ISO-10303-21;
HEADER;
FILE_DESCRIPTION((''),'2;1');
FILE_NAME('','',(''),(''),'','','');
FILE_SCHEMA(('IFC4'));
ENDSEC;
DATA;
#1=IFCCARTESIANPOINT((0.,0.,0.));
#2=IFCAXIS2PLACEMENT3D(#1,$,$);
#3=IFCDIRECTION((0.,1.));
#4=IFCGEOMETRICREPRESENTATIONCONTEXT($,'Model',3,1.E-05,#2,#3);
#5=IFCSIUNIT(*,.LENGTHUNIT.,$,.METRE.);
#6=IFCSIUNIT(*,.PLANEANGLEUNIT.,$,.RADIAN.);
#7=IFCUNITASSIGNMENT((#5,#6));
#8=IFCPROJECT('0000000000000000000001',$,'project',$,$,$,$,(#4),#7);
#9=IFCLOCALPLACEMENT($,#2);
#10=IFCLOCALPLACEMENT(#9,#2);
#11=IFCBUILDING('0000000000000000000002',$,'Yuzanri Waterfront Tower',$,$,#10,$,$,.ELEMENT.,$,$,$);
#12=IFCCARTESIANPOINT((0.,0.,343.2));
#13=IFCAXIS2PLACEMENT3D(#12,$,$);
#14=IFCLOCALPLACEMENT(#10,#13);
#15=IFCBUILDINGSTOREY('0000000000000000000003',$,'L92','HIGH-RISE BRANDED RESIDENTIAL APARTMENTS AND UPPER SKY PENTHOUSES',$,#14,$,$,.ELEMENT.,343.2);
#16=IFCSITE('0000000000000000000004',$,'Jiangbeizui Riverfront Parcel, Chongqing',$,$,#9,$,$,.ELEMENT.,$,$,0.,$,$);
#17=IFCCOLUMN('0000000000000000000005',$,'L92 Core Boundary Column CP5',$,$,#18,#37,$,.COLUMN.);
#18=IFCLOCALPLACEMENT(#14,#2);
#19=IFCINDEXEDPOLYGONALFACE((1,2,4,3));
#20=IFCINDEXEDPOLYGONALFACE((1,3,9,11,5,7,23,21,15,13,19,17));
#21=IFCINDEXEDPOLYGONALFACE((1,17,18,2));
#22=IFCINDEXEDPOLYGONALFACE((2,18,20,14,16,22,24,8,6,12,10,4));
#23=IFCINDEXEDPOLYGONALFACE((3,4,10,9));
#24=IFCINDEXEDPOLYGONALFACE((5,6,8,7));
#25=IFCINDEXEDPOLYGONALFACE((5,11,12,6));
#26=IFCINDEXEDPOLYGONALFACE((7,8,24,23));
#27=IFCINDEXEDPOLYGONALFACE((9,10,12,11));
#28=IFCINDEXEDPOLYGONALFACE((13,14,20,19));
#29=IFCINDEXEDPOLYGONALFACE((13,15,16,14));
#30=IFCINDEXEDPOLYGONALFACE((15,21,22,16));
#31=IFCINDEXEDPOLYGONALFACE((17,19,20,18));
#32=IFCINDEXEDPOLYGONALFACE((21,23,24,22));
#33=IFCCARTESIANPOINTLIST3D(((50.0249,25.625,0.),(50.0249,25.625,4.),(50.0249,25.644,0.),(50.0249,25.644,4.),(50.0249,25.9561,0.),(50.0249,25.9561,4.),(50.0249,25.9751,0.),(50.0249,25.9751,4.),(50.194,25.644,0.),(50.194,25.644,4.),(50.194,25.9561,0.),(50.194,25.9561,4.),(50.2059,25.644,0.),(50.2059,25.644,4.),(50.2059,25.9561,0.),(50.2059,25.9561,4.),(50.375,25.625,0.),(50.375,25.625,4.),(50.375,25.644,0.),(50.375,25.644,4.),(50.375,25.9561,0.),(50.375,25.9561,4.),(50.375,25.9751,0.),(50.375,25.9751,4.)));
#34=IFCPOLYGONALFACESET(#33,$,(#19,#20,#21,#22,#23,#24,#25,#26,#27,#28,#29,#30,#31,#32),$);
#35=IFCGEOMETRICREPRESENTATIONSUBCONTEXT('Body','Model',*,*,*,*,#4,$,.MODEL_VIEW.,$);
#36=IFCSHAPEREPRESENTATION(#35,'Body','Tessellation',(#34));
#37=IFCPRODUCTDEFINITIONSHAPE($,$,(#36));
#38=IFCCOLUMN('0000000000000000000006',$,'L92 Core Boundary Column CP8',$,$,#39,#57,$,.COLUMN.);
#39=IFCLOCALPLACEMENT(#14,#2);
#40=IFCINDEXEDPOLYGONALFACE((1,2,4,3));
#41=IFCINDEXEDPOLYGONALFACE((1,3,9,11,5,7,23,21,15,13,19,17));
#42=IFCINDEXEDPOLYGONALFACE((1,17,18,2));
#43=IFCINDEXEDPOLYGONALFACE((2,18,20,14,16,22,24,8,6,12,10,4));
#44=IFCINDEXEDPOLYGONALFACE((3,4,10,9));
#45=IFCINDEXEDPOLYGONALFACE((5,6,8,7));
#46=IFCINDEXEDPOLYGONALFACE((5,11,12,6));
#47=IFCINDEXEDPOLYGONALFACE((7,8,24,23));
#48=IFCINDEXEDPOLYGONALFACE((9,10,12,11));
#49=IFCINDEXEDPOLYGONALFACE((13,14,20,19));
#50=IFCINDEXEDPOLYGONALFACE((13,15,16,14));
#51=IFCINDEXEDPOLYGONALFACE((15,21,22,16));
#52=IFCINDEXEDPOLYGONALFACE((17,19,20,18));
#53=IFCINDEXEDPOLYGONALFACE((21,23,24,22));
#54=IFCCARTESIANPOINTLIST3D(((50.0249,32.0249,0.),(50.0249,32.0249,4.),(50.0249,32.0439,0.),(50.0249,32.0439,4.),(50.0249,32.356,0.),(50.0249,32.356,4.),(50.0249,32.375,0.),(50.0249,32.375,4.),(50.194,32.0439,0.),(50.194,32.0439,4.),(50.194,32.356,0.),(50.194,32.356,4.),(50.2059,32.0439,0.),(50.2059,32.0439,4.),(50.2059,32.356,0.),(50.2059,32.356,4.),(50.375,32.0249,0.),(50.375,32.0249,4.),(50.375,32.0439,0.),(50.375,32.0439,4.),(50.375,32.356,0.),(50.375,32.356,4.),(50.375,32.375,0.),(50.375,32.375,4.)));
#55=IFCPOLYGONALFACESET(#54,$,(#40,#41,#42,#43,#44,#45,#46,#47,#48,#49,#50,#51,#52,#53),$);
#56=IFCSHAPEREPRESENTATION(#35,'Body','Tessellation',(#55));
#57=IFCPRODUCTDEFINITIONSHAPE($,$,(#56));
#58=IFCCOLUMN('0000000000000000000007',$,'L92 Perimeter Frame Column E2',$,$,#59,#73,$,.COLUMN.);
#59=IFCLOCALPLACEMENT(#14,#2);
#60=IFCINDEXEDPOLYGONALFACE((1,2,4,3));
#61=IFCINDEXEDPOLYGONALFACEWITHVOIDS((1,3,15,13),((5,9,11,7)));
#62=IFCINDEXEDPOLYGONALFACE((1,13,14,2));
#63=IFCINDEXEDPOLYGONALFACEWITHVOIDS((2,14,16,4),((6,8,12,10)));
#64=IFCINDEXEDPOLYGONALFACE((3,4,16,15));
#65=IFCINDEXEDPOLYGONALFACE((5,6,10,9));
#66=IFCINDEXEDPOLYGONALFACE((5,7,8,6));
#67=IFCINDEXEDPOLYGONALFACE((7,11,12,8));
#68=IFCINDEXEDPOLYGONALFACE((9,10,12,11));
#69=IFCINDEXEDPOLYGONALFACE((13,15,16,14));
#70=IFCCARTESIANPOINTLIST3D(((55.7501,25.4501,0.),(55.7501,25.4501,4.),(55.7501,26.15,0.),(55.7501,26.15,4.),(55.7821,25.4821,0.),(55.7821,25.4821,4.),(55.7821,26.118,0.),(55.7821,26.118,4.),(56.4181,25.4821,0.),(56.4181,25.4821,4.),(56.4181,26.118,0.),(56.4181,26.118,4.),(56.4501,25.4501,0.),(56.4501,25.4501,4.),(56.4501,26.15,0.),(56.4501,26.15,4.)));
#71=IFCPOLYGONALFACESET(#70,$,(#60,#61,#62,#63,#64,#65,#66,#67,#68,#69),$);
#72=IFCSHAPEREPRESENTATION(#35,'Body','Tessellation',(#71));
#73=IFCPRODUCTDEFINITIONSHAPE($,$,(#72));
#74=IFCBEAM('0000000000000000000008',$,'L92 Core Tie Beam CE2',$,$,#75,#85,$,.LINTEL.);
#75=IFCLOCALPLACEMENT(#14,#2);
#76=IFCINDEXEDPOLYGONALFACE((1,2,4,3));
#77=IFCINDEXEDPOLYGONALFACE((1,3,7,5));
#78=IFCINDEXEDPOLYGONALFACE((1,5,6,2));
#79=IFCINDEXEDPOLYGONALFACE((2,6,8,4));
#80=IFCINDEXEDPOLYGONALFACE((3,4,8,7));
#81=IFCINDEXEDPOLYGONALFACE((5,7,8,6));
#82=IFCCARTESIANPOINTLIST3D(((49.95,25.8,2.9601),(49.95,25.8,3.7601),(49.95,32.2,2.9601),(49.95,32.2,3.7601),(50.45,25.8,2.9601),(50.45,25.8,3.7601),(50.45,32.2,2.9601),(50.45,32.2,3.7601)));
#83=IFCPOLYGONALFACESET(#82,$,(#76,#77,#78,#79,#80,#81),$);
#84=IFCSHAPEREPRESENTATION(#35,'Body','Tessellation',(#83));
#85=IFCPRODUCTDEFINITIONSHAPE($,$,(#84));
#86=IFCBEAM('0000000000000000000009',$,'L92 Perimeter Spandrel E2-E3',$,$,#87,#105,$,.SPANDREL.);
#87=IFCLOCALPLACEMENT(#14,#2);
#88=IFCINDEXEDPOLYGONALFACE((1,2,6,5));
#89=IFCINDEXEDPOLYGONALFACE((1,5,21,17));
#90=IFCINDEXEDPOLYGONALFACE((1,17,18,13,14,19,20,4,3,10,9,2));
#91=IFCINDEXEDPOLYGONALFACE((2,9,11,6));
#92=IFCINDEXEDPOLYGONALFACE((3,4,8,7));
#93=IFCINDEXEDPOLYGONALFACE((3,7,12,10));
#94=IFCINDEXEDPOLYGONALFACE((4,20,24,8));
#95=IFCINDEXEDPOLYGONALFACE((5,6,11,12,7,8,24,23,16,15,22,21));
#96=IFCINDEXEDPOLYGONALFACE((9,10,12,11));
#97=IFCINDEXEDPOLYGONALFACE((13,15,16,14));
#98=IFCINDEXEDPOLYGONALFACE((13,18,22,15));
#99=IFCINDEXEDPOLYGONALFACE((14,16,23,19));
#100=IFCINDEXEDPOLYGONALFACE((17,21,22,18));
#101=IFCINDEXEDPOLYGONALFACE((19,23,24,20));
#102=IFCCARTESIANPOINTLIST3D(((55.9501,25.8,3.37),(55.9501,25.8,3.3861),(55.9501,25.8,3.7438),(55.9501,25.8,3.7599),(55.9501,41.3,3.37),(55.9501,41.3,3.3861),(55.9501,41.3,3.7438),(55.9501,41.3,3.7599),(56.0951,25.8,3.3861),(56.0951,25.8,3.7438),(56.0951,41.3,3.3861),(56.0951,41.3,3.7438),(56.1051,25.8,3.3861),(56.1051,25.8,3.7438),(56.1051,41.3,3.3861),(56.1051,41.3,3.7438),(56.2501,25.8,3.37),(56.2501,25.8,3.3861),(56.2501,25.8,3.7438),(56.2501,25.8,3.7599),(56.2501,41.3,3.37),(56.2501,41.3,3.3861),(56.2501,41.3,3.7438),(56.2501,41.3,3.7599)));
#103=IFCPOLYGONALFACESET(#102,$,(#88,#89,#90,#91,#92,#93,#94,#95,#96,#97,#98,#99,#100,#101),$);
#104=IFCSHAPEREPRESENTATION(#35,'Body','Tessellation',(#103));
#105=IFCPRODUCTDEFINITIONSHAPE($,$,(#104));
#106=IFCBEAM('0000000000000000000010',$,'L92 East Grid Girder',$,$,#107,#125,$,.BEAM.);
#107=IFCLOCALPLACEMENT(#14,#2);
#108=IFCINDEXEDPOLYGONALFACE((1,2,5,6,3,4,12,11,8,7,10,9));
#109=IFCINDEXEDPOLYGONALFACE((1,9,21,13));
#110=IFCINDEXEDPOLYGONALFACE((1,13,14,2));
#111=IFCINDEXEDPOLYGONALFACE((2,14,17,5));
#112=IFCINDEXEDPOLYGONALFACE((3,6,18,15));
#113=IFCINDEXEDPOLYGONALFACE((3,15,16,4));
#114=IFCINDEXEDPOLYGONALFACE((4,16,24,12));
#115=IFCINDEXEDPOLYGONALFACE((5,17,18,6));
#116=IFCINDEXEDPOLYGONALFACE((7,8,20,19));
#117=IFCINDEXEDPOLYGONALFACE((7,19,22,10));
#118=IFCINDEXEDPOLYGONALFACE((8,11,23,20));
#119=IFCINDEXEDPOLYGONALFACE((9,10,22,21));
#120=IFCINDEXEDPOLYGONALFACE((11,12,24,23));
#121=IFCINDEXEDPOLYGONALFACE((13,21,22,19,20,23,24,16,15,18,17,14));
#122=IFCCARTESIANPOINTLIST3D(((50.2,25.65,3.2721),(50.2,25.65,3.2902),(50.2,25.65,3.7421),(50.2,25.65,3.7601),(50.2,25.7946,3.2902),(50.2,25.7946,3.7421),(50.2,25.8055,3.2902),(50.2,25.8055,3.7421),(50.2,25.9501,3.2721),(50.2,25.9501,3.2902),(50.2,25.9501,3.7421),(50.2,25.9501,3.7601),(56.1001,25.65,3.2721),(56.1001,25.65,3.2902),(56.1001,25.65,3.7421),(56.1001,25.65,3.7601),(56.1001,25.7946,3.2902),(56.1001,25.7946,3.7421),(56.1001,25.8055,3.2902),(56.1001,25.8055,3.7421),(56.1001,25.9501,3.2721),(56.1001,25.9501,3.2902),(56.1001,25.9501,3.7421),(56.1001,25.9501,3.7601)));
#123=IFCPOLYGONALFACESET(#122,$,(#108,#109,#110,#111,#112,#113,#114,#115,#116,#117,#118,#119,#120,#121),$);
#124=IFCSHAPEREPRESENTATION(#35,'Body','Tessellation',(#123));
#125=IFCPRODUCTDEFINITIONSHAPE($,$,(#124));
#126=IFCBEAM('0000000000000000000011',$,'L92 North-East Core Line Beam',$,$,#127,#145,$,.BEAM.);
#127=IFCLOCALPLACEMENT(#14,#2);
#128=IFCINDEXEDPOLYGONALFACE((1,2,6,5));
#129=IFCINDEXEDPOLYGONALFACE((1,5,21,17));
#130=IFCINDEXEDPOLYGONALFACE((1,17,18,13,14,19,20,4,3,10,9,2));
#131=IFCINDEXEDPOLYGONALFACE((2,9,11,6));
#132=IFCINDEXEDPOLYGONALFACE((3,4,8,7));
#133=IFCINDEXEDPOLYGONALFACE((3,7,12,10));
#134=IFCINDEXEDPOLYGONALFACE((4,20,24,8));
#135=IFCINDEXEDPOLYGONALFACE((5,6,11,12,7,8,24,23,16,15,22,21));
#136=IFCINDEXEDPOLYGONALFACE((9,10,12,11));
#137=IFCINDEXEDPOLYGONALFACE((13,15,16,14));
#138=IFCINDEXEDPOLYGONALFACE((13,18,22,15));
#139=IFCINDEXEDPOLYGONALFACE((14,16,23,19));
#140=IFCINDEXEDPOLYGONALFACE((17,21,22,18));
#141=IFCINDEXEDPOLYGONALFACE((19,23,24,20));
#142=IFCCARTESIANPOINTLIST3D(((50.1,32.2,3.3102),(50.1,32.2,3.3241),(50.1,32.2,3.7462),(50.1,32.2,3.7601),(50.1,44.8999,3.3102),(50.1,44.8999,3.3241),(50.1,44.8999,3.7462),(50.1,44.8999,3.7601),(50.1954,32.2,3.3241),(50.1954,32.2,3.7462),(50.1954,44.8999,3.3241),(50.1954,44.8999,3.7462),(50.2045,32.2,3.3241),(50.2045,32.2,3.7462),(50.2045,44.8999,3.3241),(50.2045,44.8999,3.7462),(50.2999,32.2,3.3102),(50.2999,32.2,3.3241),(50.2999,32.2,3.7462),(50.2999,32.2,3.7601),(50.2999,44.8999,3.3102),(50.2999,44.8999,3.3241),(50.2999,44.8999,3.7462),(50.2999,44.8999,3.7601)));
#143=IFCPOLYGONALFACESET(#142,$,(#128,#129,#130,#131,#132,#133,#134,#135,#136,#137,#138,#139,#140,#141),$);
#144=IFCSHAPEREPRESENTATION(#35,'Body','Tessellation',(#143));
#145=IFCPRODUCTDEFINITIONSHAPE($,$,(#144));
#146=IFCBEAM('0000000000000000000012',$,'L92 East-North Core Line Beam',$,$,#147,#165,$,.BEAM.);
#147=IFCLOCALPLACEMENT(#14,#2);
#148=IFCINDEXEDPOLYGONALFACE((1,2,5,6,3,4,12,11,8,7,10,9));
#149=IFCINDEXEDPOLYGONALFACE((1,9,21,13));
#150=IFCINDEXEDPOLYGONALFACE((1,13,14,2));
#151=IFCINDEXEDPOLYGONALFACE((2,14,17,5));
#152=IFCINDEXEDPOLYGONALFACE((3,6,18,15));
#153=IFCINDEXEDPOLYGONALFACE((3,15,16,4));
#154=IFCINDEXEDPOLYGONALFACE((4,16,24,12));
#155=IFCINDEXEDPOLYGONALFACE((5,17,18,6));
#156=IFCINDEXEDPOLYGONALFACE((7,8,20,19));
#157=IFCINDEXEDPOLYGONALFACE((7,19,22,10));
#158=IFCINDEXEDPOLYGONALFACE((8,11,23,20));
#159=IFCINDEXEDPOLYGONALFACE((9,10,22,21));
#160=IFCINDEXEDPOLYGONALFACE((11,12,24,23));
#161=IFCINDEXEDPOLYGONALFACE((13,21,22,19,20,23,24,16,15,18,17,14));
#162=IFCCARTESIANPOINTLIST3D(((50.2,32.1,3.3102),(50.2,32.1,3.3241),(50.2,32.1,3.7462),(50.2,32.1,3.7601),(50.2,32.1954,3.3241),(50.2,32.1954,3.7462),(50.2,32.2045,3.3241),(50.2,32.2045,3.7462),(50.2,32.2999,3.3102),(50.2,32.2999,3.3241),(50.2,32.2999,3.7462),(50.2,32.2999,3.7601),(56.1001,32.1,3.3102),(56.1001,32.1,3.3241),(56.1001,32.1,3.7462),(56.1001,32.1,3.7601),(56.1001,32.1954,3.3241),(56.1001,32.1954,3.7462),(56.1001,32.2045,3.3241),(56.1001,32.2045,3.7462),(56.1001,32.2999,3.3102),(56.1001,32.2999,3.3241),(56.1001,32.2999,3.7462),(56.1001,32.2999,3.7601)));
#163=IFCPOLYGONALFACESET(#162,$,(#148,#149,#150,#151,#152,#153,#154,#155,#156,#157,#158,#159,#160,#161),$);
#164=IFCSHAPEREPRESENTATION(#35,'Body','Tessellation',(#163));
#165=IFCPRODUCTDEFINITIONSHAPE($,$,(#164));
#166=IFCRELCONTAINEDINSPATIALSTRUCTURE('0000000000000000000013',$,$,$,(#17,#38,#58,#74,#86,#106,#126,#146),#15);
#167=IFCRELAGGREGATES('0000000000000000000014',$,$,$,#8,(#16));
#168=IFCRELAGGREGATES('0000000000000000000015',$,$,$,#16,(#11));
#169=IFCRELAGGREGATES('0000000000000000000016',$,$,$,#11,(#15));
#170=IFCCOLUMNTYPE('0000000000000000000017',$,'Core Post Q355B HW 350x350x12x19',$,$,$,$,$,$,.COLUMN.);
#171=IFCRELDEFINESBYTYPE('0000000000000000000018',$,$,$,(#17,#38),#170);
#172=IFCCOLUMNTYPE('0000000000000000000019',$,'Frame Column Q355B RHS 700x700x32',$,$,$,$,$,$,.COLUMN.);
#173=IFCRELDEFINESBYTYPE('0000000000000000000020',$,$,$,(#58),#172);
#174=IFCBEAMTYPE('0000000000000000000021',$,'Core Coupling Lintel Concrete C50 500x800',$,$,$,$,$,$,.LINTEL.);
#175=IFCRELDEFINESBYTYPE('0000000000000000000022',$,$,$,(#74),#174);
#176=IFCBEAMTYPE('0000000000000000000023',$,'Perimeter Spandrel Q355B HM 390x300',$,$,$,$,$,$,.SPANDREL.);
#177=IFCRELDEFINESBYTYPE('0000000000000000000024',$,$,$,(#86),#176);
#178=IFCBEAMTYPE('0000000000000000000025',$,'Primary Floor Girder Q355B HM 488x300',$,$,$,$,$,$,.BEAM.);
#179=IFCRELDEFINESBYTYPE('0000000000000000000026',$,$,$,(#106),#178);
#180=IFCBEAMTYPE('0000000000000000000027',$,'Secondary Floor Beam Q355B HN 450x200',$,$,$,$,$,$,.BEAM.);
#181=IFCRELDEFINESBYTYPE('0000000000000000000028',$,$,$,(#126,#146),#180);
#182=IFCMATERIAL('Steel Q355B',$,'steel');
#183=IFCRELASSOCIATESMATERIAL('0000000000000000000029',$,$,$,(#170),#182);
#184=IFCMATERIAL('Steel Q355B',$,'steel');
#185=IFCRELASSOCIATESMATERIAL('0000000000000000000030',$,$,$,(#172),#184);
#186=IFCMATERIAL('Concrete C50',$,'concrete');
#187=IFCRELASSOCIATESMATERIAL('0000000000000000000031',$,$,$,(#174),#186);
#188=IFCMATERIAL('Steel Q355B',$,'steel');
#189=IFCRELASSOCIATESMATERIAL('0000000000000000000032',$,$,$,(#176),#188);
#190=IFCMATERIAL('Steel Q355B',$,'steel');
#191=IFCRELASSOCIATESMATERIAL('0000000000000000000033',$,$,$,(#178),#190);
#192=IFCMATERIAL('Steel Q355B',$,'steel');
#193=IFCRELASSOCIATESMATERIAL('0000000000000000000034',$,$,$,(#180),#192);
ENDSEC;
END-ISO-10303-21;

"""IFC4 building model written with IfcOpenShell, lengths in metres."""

from ifc_helpers import new_model, si_unit, direction, frame, origin, origin_2d, place, context, subcontext, project, spatial, rectangle, hollow_rectangle, i_section, extrude, source, transform, mapped, material, material_profile, profile_set, type_object, element, save


model = new_model("IFC4")

# Units and contexts
model_context = context("Model", 3, precision=1e-05, world=origin(), true_north=direction((0.0, 1.0)))
body_context = subcontext(model_context, "Body", "Model", "MODEL_VIEW")
ifc_project = project(units=[si_unit("LENGTHUNIT", "METRE"), si_unit("PLANEANGLEUNIT", "RADIAN")], contexts=[model_context])

# Site, building, storey
site_placement = place(None, origin())
site = spatial("IfcSite", under=ifc_project, at=site_placement, Name="Jiangbeizui Riverfront Parcel, Chongqing", CompositionType="ELEMENT", RefElevation=0.0)
building_placement = place(site_placement, origin())
building = spatial("IfcBuilding", under=site, at=building_placement, Name="Yuzanri Waterfront Tower", CompositionType="ELEMENT")
storey_placement = place(building_placement, frame((0.0, 0.0, 343.2)))
storey = spatial("IfcBuildingStorey", under=building, at=storey_placement, Name="L92", Description="HIGH-RISE BRANDED RESIDENTIAL APARTMENTS AND UPPER SKY PENTHOUSES", CompositionType="ELEMENT", Elevation=343.2)

# Columns
ifc_material_1 = material(Name="Steel Q355B", Category="steel")
ifc_material_profile_1 = material_profile(ifc_material_1, i_section(OverallWidth=0.3501, OverallDepth=0.3501, WebThickness=0.012, FlangeThickness=0.019, at=origin_2d()), Name="HW 350x350x12x19")
ifc_profile_set_1 = profile_set([ifc_material_profile_1], Name="Steel Q355B")
column_type_1 = type_object("IfcColumnType", Name="Core Post Q355B HW 350x350x12x19", PredefinedType="COLUMN", material=ifc_profile_set_1)
shared_shape_1 = source(origin(), body_context, "Body", "SweptSolid", [
    extrude(i_section(OverallWidth=0.3501, OverallDepth=0.3501, WebThickness=0.012, FlangeThickness=0.019, at=origin_2d()), origin(), (0.0, 0.0, 1.0), 4.0),
])
for number, where, z_axis, x_axis, name in (
    (1, (50.2, 25.8, 0.0), (0.0, 0.0, 1.0), (1.0, 0.0, 0.0), "L92 Core Boundary Column CP5"),
    (2, (50.2, 32.2, 0.0), (0.0, 0.0, 1.0), (1.0, 0.0, 0.0), "L92 Core Boundary Column CP8"),
):
    element("IfcColumn", number, at=place(storey_placement, frame(where, z_axis=z_axis, x_axis=x_axis)), inside=storey, type_object=column_type_1, Name=name, PredefinedType="COLUMN", context=body_context, shape_type="MappedRepresentation", body=[
        mapped(shared_shape_1, transform((0.0, 0.0, 0.0), scale=1.0)),
    ])
ifc_material_2 = material(Name="Steel Q355B", Category="steel")
ifc_material_profile_2 = material_profile(ifc_material_2, hollow_rectangle(XDim=0.7, YDim=0.7, WallThickness=0.032, at=origin_2d()), Name="RHS 700x700x32")
ifc_profile_set_2 = profile_set([ifc_material_profile_2], Name="Steel Q355B")
column_type_2 = type_object("IfcColumnType", Name="Frame Column Q355B RHS 700x700x32", PredefinedType="COLUMN", material=ifc_profile_set_2)
shared_shape_2 = source(origin(), body_context, "Body", "SweptSolid", [
    extrude(hollow_rectangle(XDim=0.7, YDim=0.7, WallThickness=0.032, at=origin_2d()), origin(), (0.0, 0.0, 1.0), 4.0),
])
column_placement = place(storey_placement, frame((56.1001, 25.8, 0.0), z_axis=(0.0, 0.0, 1.0), x_axis=(1.0, 0.0, 0.0)))
element("IfcColumn", 3, at=column_placement, inside=storey, type_object=column_type_2, Name="L92 Perimeter Frame Column E2", PredefinedType="COLUMN", context=body_context, shape_type="MappedRepresentation", body=[
    mapped(shared_shape_2, transform((0.0, 0.0, 0.0), scale=1.0)),
])

# Beams
ifc_material_3 = material(Name="Concrete C50", Category="concrete")
ifc_material_profile_3 = material_profile(ifc_material_3, rectangle(XDim=0.5, YDim=0.8, at=origin_2d()), Name="RC 500x800")
ifc_profile_set_3 = profile_set([ifc_material_profile_3], Name="Concrete C50")
beam_type_1 = type_object("IfcBeamType", Name="Core Coupling Lintel Concrete C50 500x800", PredefinedType="LINTEL", material=ifc_profile_set_3)
shared_shape_3 = source(origin(), body_context, "Body", "SweptSolid", [
    extrude(rectangle(XDim=0.5, YDim=0.8, at=origin_2d()), origin(), (0.0, 0.0, 1.0), 6.3999),
])
beam_1_placement = place(storey_placement, frame((50.2, 25.8, 3.3601), z_axis=(0.0, 1.0, 0.0), x_axis=(-1.0, 0.0, 0.0)))
element("IfcBeam", 4, at=beam_1_placement, inside=storey, type_object=beam_type_1, Name="L92 Core Tie Beam CE2", PredefinedType="LINTEL", context=body_context, shape_type="MappedRepresentation", body=[
    mapped(shared_shape_3, transform((0.0, 0.0, 0.0), scale=1.0)),
])
ifc_material_4 = material(Name="Steel Q355B", Category="steel")
ifc_material_profile_4 = material_profile(ifc_material_4, i_section(OverallWidth=0.3, OverallDepth=0.3899, WebThickness=0.01, FlangeThickness=0.0161, at=origin_2d()), Name="HM 390x300x10x16")
ifc_profile_set_4 = profile_set([ifc_material_profile_4], Name="Steel Q355B")
beam_type_2 = type_object("IfcBeamType", Name="Perimeter Spandrel Q355B HM 390x300", PredefinedType="SPANDREL", material=ifc_profile_set_4)
shared_shape_4 = source(origin(), body_context, "Body", "SweptSolid", [
    extrude(i_section(OverallWidth=0.3, OverallDepth=0.3899, WebThickness=0.01, FlangeThickness=0.0161, at=origin_2d()), origin(), (0.0, 0.0, 1.0), 15.5),
])
beam_2_placement = place(storey_placement, frame((56.1001, 25.8, 3.5649), z_axis=(0.0, 1.0, 0.0), x_axis=(-1.0, 0.0, 0.0)))
element("IfcBeam", 5, at=beam_2_placement, inside=storey, type_object=beam_type_2, Name="L92 Perimeter Spandrel E2-E3", PredefinedType="SPANDREL", context=body_context, shape_type="MappedRepresentation", body=[
    mapped(shared_shape_4, transform((0.0, 0.0, 0.0), scale=1.0)),
])
ifc_material_5 = material(Name="Steel Q355B", Category="steel")
ifc_material_profile_5 = material_profile(ifc_material_5, i_section(OverallWidth=0.3, OverallDepth=0.488, WebThickness=0.011, FlangeThickness=0.0181, at=origin_2d()), Name="HM 488x300x11x18")
ifc_profile_set_5 = profile_set([ifc_material_profile_5], Name="Steel Q355B")
beam_type_3 = type_object("IfcBeamType", Name="Primary Floor Girder Q355B HM 488x300", PredefinedType="BEAM", material=ifc_profile_set_5)
shared_shape_5 = source(origin(), body_context, "Body", "SweptSolid", [
    extrude(i_section(OverallWidth=0.3, OverallDepth=0.488, WebThickness=0.011, FlangeThickness=0.0181, at=origin_2d()), origin(), (0.0, 0.0, 1.0), 5.9001),
])
beam_3_placement = place(storey_placement, frame((50.2, 25.8, 3.5161), z_axis=(1.0, 0.0, 0.0), x_axis=(0.0, 1.0, 0.0)))
element("IfcBeam", 6, at=beam_3_placement, inside=storey, type_object=beam_type_3, Name="L92 East Grid Girder", PredefinedType="BEAM", context=body_context, shape_type="MappedRepresentation", body=[
    mapped(shared_shape_5, transform((0.0, 0.0, 0.0), scale=1.0)),
])
ifc_material_6 = material(Name="Steel Q355B", Category="steel")
ifc_material_profile_6 = material_profile(ifc_material_6, i_section(OverallWidth=0.2, OverallDepth=0.45, WebThickness=0.009, FlangeThickness=0.0139, at=origin_2d()), Name="HN 450x200x9x14")
ifc_profile_set_6 = profile_set([ifc_material_profile_6], Name="Steel Q355B")
beam_type_4 = type_object("IfcBeamType", Name="Secondary Floor Beam Q355B HN 450x200", PredefinedType="BEAM", material=ifc_profile_set_6)
shared_shape_6 = source(origin(), body_context, "Body", "SweptSolid", [
    extrude(i_section(OverallWidth=0.2, OverallDepth=0.45, WebThickness=0.009, FlangeThickness=0.0139, at=origin_2d()), origin(), (0.0, 0.0, 1.0), 12.7),
])
beam_4_placement = place(storey_placement, frame((50.2, 32.2, 3.5352), z_axis=(0.0, 1.0, 0.0), x_axis=(-1.0, 0.0, 0.0)))
element("IfcBeam", 7, at=beam_4_placement, inside=storey, type_object=beam_type_4, Name="L92 North-East Core Line Beam", PredefinedType="BEAM", context=body_context, shape_type="MappedRepresentation", body=[
    mapped(shared_shape_6, transform((0.0, 0.0, 0.0), scale=1.0)),
])
shared_shape_7 = source(origin(), body_context, "Body", "SweptSolid", [
    extrude(i_section(OverallWidth=0.2, OverallDepth=0.45, WebThickness=0.009, FlangeThickness=0.0139, at=origin_2d()), origin(), (0.0, 0.0, 1.0), 5.9001),
])
beam_5_placement = place(storey_placement, frame((50.2, 32.2, 3.5352), z_axis=(1.0, 0.0, 0.0), x_axis=(0.0, 1.0, 0.0)))
element("IfcBeam", 8, at=beam_5_placement, inside=storey, type_object=beam_type_4, Name="L92 East-North Core Line Beam", PredefinedType="BEAM", context=body_context, shape_type="MappedRepresentation", body=[
    mapped(shared_shape_7, transform((0.0, 0.0, 0.0), scale=1.0)),
])

save(model, "model.ifc")
